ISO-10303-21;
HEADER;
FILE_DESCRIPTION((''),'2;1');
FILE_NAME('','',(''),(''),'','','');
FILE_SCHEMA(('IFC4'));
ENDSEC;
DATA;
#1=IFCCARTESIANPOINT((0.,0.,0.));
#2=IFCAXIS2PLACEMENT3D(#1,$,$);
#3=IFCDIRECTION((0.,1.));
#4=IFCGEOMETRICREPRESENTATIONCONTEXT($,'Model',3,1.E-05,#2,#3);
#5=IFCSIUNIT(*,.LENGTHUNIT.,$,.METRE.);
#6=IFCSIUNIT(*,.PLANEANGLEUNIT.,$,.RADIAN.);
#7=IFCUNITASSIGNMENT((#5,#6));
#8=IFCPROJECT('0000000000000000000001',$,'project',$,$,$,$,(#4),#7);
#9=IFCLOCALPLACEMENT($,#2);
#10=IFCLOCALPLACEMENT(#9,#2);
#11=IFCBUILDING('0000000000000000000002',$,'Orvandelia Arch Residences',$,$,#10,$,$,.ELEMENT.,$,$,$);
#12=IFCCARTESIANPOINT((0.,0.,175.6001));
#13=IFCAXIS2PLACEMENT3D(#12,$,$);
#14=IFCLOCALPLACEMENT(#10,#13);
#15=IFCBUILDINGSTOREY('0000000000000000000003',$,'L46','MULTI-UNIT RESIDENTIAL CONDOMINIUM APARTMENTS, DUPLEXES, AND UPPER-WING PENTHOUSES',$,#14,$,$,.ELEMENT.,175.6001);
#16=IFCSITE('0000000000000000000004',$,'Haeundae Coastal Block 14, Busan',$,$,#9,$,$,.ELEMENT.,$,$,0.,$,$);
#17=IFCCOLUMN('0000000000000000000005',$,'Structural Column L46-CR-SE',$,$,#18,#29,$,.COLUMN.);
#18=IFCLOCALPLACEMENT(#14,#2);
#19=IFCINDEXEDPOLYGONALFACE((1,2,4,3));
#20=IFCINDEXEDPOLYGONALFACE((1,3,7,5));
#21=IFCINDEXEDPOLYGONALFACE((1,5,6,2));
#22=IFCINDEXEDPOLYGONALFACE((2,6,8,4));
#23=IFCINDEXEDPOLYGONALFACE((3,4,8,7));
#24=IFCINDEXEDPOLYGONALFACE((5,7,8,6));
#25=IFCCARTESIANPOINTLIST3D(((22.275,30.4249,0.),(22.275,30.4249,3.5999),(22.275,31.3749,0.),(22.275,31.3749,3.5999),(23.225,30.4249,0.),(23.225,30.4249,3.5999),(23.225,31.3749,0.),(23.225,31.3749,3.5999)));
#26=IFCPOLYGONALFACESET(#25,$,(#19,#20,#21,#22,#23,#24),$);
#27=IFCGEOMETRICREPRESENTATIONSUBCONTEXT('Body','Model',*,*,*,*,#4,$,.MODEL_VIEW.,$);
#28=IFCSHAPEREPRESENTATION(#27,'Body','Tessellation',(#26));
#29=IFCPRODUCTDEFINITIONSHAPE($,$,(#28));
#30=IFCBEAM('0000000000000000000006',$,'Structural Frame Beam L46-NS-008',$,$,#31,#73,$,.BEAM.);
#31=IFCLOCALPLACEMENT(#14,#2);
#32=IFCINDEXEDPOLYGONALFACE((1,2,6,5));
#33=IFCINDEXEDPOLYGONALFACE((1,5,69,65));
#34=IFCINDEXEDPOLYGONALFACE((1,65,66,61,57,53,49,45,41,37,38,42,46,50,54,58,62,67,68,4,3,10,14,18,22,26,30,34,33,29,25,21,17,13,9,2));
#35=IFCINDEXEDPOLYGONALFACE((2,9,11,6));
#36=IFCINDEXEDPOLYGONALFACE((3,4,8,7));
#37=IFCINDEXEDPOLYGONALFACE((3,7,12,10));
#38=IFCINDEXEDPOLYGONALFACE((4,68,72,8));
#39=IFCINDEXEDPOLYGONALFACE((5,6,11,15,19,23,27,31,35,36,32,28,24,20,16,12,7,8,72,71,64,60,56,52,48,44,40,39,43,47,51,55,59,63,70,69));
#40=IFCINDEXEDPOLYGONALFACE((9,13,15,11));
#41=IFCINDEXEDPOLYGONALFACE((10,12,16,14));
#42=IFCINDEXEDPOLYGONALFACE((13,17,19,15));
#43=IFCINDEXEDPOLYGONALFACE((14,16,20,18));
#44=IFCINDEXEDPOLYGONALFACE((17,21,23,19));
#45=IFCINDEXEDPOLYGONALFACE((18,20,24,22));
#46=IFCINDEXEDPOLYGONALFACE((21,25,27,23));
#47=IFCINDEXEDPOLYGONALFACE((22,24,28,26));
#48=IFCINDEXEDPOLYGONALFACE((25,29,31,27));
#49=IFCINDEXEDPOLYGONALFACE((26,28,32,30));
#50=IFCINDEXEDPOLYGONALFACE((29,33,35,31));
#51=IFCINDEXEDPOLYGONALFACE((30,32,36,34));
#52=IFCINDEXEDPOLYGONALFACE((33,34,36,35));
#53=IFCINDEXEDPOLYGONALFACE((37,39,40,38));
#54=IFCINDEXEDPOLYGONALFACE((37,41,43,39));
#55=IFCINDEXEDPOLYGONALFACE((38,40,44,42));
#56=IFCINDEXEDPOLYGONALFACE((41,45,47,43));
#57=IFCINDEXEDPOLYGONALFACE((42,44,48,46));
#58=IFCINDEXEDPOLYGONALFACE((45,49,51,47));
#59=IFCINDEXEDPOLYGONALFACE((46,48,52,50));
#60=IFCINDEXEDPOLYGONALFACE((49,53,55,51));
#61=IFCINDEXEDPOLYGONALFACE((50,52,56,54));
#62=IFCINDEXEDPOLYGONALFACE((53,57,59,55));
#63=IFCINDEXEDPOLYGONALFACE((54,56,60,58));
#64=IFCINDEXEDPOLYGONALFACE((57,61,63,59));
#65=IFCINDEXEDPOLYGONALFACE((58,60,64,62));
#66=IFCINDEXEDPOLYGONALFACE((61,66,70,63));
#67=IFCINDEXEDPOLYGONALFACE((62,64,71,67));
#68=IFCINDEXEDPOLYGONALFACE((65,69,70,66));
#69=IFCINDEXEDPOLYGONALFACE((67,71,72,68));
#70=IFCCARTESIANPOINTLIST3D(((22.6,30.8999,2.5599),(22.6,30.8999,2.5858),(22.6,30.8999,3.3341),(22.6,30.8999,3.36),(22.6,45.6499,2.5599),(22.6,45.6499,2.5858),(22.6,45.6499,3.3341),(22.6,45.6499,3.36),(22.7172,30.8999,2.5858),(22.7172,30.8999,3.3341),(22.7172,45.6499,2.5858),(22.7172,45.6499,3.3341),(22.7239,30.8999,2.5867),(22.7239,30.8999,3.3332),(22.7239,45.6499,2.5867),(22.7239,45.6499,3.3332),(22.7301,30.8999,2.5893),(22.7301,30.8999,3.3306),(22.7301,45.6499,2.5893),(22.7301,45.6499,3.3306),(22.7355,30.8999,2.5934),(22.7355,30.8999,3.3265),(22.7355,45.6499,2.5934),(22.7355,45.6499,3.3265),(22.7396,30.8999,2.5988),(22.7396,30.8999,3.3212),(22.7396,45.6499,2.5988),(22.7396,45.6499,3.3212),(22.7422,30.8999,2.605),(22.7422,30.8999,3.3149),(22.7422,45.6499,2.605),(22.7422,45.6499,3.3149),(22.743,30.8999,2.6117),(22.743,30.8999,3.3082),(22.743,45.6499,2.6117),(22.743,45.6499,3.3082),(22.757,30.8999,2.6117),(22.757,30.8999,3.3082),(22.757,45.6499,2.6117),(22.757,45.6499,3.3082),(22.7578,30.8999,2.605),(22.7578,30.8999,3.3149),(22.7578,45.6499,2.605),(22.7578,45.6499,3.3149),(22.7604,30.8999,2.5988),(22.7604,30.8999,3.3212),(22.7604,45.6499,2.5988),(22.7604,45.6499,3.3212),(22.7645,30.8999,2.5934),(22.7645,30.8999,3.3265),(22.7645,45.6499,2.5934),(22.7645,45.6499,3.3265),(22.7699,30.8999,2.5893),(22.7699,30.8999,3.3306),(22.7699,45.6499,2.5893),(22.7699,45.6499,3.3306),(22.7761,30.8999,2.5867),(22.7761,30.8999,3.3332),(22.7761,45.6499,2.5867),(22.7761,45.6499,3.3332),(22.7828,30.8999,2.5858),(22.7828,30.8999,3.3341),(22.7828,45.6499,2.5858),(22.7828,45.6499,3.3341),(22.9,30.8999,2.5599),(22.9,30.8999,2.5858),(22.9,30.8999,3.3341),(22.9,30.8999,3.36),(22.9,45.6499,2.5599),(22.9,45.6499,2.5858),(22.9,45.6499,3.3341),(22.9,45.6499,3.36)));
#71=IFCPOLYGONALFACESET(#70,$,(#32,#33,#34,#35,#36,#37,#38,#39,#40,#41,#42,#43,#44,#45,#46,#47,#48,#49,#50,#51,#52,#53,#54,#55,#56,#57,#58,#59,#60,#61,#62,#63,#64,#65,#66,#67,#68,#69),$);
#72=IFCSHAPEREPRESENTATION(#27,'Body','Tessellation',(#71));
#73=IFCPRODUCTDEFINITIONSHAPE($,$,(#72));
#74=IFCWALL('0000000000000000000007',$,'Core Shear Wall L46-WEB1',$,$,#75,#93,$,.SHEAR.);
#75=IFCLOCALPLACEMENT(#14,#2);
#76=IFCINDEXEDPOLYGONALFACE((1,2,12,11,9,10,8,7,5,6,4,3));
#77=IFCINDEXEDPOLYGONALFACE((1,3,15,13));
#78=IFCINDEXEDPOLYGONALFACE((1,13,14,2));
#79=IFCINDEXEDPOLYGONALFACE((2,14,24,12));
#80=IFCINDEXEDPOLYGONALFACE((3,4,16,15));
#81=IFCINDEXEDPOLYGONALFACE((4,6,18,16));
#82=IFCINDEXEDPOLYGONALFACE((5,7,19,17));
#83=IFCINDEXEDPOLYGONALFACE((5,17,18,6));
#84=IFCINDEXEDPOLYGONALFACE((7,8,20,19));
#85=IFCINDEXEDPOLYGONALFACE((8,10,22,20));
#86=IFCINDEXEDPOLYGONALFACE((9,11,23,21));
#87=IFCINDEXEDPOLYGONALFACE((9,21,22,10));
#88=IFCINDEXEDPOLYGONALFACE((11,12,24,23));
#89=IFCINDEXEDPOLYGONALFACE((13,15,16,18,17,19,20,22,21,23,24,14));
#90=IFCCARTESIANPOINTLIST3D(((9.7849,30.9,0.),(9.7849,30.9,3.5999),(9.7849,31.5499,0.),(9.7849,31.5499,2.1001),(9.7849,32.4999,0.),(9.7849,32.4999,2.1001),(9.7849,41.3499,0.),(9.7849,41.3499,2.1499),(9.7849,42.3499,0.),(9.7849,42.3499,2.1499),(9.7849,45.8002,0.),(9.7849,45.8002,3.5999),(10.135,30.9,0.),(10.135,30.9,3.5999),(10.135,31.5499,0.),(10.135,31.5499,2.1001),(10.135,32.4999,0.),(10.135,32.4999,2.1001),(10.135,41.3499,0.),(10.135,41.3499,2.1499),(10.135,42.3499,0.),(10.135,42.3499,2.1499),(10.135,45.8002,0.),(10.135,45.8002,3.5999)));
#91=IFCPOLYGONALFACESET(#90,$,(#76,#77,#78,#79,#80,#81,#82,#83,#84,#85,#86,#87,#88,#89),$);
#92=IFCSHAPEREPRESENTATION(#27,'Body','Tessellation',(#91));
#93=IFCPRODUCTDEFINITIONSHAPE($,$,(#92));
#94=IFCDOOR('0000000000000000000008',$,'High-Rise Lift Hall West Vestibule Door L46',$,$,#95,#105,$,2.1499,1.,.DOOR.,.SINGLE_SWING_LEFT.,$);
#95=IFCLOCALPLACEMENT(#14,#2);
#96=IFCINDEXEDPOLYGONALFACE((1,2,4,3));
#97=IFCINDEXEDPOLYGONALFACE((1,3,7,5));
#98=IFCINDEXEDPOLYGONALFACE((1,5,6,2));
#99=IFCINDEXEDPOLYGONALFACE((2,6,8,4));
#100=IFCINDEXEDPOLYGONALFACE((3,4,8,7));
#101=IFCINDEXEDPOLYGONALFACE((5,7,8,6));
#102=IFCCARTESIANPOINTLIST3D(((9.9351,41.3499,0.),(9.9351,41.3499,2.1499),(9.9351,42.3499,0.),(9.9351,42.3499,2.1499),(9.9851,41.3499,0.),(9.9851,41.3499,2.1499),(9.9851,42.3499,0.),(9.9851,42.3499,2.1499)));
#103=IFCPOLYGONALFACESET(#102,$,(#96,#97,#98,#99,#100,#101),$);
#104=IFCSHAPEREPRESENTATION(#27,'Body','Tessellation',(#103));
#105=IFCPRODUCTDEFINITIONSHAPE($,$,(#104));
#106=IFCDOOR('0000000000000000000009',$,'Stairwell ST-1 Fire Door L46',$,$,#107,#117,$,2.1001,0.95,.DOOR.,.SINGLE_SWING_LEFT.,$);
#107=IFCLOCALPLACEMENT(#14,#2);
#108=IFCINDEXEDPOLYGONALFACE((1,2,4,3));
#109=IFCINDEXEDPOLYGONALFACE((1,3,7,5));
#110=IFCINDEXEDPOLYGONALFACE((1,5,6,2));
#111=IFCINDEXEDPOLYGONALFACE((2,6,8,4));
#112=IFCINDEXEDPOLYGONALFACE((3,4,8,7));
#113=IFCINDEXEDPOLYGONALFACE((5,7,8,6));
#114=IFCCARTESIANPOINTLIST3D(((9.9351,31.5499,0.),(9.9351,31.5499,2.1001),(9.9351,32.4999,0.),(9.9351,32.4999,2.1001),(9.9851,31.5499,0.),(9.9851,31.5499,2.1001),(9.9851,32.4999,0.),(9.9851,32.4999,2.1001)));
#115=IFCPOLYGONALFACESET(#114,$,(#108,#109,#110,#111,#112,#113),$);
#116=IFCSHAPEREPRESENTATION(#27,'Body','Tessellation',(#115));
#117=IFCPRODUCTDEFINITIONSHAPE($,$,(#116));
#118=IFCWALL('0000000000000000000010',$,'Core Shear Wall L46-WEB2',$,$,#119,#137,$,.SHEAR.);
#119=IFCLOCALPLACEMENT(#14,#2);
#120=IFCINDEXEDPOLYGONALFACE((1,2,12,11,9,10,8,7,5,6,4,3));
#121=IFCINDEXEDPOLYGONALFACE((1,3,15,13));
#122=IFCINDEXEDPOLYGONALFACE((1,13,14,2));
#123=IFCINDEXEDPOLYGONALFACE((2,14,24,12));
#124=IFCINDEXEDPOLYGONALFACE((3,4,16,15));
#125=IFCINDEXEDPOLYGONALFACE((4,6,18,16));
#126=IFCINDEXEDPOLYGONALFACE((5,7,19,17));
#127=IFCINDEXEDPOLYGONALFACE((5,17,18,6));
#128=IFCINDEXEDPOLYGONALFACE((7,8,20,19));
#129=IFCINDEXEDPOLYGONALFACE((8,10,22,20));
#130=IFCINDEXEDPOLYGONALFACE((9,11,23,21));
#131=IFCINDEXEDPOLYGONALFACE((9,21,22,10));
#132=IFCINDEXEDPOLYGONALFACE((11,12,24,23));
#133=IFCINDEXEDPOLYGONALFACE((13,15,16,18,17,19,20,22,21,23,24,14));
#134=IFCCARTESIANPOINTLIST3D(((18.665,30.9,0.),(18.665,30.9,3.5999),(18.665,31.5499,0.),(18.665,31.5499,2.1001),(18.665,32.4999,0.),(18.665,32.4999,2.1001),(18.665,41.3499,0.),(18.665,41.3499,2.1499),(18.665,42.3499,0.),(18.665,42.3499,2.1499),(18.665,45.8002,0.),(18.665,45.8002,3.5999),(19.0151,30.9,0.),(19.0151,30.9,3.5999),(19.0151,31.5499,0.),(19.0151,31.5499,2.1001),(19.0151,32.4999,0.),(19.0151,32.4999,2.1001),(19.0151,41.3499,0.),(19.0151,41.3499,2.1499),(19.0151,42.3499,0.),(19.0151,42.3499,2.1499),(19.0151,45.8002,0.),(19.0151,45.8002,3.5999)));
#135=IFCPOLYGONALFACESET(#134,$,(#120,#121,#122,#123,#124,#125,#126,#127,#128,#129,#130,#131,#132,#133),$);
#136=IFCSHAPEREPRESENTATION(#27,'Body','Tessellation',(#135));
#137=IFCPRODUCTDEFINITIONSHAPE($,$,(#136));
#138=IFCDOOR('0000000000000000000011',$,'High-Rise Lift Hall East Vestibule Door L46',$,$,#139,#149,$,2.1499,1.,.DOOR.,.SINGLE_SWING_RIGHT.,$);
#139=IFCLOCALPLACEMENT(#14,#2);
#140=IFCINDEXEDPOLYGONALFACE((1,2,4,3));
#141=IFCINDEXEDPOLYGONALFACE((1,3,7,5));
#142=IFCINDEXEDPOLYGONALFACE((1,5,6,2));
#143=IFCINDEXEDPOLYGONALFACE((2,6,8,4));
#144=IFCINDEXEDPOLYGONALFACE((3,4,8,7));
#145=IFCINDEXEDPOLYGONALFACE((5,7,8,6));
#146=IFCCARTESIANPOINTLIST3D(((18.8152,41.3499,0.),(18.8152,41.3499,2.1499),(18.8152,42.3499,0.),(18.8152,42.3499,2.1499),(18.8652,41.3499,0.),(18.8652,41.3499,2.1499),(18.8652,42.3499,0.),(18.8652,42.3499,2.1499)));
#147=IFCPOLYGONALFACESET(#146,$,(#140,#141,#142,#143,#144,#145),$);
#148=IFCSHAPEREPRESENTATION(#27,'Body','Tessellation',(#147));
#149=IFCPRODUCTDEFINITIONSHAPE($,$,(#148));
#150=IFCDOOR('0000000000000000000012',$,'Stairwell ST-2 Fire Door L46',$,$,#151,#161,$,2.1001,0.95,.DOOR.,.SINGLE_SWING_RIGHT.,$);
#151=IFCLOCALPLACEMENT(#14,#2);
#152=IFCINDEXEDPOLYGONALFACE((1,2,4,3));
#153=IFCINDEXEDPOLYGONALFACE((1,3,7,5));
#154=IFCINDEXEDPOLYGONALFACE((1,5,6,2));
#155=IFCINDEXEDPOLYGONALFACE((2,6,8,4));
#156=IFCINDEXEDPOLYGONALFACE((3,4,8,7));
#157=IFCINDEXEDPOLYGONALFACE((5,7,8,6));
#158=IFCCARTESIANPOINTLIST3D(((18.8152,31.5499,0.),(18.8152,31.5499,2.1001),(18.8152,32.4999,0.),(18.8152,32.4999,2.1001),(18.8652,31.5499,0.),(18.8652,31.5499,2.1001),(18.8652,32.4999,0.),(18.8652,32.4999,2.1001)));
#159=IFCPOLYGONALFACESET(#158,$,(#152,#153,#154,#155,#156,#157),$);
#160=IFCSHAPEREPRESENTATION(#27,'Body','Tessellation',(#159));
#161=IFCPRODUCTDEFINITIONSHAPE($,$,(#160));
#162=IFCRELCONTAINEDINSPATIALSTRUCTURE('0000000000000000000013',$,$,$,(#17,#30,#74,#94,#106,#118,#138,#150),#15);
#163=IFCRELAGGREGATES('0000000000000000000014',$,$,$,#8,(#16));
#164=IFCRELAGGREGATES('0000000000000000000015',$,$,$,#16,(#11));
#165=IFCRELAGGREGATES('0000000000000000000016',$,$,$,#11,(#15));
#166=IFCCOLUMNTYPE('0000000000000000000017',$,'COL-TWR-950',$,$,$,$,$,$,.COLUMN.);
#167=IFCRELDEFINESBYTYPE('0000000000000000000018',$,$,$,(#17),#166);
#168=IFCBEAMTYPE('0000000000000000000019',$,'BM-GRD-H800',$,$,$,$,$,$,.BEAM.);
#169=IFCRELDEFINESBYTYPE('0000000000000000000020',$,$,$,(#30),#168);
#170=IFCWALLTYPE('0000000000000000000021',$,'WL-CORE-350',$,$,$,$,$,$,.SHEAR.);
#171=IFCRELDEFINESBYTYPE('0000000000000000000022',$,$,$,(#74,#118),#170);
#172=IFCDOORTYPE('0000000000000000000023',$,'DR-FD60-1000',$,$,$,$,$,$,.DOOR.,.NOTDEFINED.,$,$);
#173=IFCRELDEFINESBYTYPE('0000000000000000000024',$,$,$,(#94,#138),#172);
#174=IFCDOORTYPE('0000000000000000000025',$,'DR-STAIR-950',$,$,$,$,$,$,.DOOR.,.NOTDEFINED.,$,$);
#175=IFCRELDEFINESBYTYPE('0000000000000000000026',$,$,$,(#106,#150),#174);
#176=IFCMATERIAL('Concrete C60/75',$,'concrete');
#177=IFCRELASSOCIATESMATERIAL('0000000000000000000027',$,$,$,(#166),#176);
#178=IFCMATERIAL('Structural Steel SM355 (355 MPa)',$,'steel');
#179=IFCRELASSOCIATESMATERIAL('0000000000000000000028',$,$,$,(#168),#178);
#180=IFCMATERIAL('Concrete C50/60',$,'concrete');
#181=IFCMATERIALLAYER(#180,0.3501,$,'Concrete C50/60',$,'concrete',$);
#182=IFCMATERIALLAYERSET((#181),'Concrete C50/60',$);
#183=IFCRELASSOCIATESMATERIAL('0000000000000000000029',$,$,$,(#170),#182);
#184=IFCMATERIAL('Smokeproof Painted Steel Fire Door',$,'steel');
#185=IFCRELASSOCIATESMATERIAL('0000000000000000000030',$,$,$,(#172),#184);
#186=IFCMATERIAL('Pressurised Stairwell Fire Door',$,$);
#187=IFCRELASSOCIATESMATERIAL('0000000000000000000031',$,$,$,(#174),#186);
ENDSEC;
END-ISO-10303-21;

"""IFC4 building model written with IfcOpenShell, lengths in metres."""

from ifc_helpers import new_model, si_unit, direction, frame, frame_2d, origin, origin_2d, place, context, subcontext, project, spatial, rectangle, i_section, extrude, material, layer, layer_set, material_profile, profile_set, type_object, element, fill, save


model = new_model("IFC4")

# Units and contexts
model_context = context("Model", 3, precision=1e-05, world=origin(), true_north=direction((0.0, 1.0)))
body_context = subcontext(model_context, "Body", "Model", "MODEL_VIEW")
ifc_project = project(units=[si_unit("LENGTHUNIT", "METRE"), si_unit("PLANEANGLEUNIT", "RADIAN")], contexts=[model_context])

# Site, building, storey
site_placement = place(None, origin())
site = spatial("IfcSite", under=ifc_project, at=site_placement, Name="Haeundae Coastal Block 14, Busan", CompositionType="ELEMENT", RefElevation=0.0)
building_placement = place(site_placement, origin())
building = spatial("IfcBuilding", under=site, at=building_placement, Name="Orvandelia Arch Residences", CompositionType="ELEMENT")
storey_placement = place(building_placement, frame((0.0, 0.0, 175.6001)))
storey = spatial("IfcBuildingStorey", under=building, at=storey_placement, Name="L46", Description="MULTI-UNIT RESIDENTIAL CONDOMINIUM APARTMENTS, DUPLEXES, AND UPPER-WING PENTHOUSES", CompositionType="ELEMENT", Elevation=175.6001)

# Column
ifc_material_1 = material(Name="Concrete C60/75", Category="concrete")
ifc_material_profile_1 = material_profile(ifc_material_1, rectangle(XDim=0.95, YDim=0.95, at=origin_2d()), Name="Concrete C60/75", Category="concrete")
ifc_profile_set_1 = profile_set([ifc_material_profile_1], Name="Concrete C60/75")
column_type = type_object("IfcColumnType", Name="COL-TWR-950", PredefinedType="COLUMN", material=ifc_profile_set_1)
column_placement = place(storey_placement, frame((22.75, 30.8999, 0.0), z_axis=(0.0, 0.0, 1.0), x_axis=(1.0, 0.0, 0.0)))
element("IfcColumn", 1, at=column_placement, inside=storey, type_object=column_type, Name="Structural Column L46-CR-SE", PredefinedType="COLUMN", context=body_context, shape_type="SweptSolid", body=[
    extrude(rectangle(XDim=0.95, YDim=0.95, at=origin_2d()), origin(), (0.0, 0.0, 1.0), 3.5999),
])

# Beam
ifc_material_2 = material(Name="Structural Steel SM355 (355 MPa)", Category="steel")
ifc_material_profile_2 = material_profile(ifc_material_2, i_section(OverallWidth=0.3, OverallDepth=0.8, WebThickness=0.0139, FlangeThickness=0.0259, FilletRadius=0.0259, at=origin_2d()), Name="Structural Steel SM355 (355 MPa)", Category="steel")
ifc_profile_set_2 = profile_set([ifc_material_profile_2], Name="Structural Steel SM355 (355 MPa)")
beam_type = type_object("IfcBeamType", Name="BM-GRD-H800", PredefinedType="BEAM", material=ifc_profile_set_2)
beam_placement = place(storey_placement, frame((22.75, 30.8999, 2.96), z_axis=(0.0, 1.0, 0.0), x_axis=(-1.0, 0.0, 0.0)))
element("IfcBeam", 2, at=beam_placement, inside=storey, type_object=beam_type, Name="Structural Frame Beam L46-NS-008", PredefinedType="BEAM", context=body_context, shape_type="SweptSolid", body=[
    extrude(i_section(OverallWidth=0.3, OverallDepth=0.8, WebThickness=0.0139, FlangeThickness=0.0259, FilletRadius=0.0259, at=origin_2d()), origin(), (0.0, 0.0, 1.0), 14.75),
])

# Walls, openings, doors
ifc_material_3 = material(Name="Concrete C50/60", Category="concrete")
ifc_layer_1 = layer(ifc_material_3, 0.3501, Name="Concrete C50/60", Category="concrete")
ifc_layer_set_1 = layer_set([ifc_layer_1], Name="Concrete C50/60")
wall_type_1 = type_object("IfcWallType", Name="WL-CORE-350", PredefinedType="SHEAR", material=ifc_layer_set_1)
wall_1_placement = place(storey_placement, frame((9.96, 30.8999, 0.0), z_axis=(0.0, 0.0, 1.0), x_axis=(0.0, 1.0, 0.0)))
wall_1 = element("IfcWall", 3, at=wall_1_placement, inside=storey, type_object=wall_type_1, Name="Core Shear Wall L46-WEB1", PredefinedType="SHEAR", context=body_context, shape_type="SweptSolid", body=[
    extrude(rectangle(XDim=14.9001, YDim=0.3501, at=frame_2d((7.4502, 0.0))), origin(), (0.0, 0.0, 1.0), 3.5999),
])
opening_1_placement = place(wall_1_placement, frame((0.6499, 0.0, 0.0)))
opening_1 = element("IfcOpeningElement", 4, at=opening_1_placement, cuts=wall_1, PredefinedType="OPENING", context=body_context, shape_type="SweptSolid", body=[
    extrude(rectangle(XDim=0.95, YDim=2.1001, at=frame_2d((0.4751, 1.05))), frame((0.0, 0.1851, 0.0), z_axis=(0.0, -1.0, 0.0), x_axis=(1.0, 0.0, 0.0)), (0.0, 0.0, 1.0), 0.3701),
])
opening_2_placement = place(wall_1_placement, frame((10.45, 0.0, 0.0)))
opening_2 = element("IfcOpeningElement", 5, at=opening_2_placement, cuts=wall_1, PredefinedType="OPENING", context=body_context, shape_type="SweptSolid", body=[
    extrude(rectangle(XDim=1.0, YDim=2.1499, at=frame_2d((0.5, 1.075))), frame((0.0, 0.1851, 0.0), z_axis=(0.0, -1.0, 0.0), x_axis=(1.0, 0.0, 0.0)), (0.0, 0.0, 1.0), 0.3701),
])
ifc_material_4 = material(Name="Smokeproof Painted Steel Fire Door", Category="steel")
door_type_1 = type_object("IfcDoorType", Name="DR-FD60-1000", OperationType="NOTDEFINED", PredefinedType="DOOR", material=ifc_material_4)
door_1_placement = place(opening_2_placement, origin())
door_1 = element("IfcDoor", 6, at=door_1_placement, inside=storey, type_object=door_type_1, Name="High-Rise Lift Hall West Vestibule Door L46", OperationType="SINGLE_SWING_LEFT", OverallHeight=2.1499, OverallWidth=1.0, PredefinedType="DOOR", context=body_context, shape_type="SweptSolid", body=[
    extrude(rectangle(XDim=1.0, YDim=2.1499, at=frame_2d((0.5, 1.075))), frame((0.0, 0.0249, 0.0), z_axis=(0.0, -1.0, 0.0), x_axis=(1.0, 0.0, 0.0)), (0.0, 0.0, 1.0), 0.05),
])
fill(opening_2, door_1)
ifc_material_5 = material(Name="Pressurised Stairwell Fire Door")
door_type_2 = type_object("IfcDoorType", Name="DR-STAIR-950", OperationType="NOTDEFINED", PredefinedType="DOOR", material=ifc_material_5)
door_2_placement = place(opening_1_placement, origin())
door_2 = element("IfcDoor", 7, at=door_2_placement, inside=storey, type_object=door_type_2, Name="Stairwell ST-1 Fire Door L46", OperationType="SINGLE_SWING_LEFT", OverallHeight=2.1001, OverallWidth=0.95, PredefinedType="DOOR", context=body_context, shape_type="SweptSolid", body=[
    extrude(rectangle(XDim=0.95, YDim=2.1001, at=frame_2d((0.4751, 1.05))), frame((0.0, 0.0249, 0.0), z_axis=(0.0, -1.0, 0.0), x_axis=(1.0, 0.0, 0.0)), (0.0, 0.0, 1.0), 0.05),
])
fill(opening_1, door_2)
wall_2_placement = place(storey_placement, frame((18.8401, 30.8999, 0.0), z_axis=(0.0, 0.0, 1.0), x_axis=(0.0, 1.0, 0.0)))
wall_2 = element("IfcWall", 8, at=wall_2_placement, inside=storey, type_object=wall_type_1, Name="Core Shear Wall L46-WEB2", PredefinedType="SHEAR", context=body_context, shape_type="SweptSolid", body=[
    extrude(rectangle(XDim=14.9001, YDim=0.3501, at=frame_2d((7.4502, 0.0))), origin(), (0.0, 0.0, 1.0), 3.5999),
])
opening_3_placement = place(wall_2_placement, frame((0.6499, 0.0, 0.0)))
opening_3 = element("IfcOpeningElement", 9, at=opening_3_placement, cuts=wall_2, PredefinedType="OPENING", context=body_context, shape_type="SweptSolid", body=[
    extrude(rectangle(XDim=0.95, YDim=2.1001, at=frame_2d((0.4751, 1.05))), frame((0.0, 0.1851, 0.0), z_axis=(0.0, -1.0, 0.0), x_axis=(1.0, 0.0, 0.0)), (0.0, 0.0, 1.0), 0.3701),
])
opening_4_placement = place(wall_2_placement, frame((10.45, 0.0, 0.0)))
opening_4 = element("IfcOpeningElement", 10, at=opening_4_placement, cuts=wall_2, PredefinedType="OPENING", context=body_context, shape_type="SweptSolid", body=[
    extrude(rectangle(XDim=1.0, YDim=2.1499, at=frame_2d((0.5, 1.075))), frame((0.0, 0.1851, 0.0), z_axis=(0.0, -1.0, 0.0), x_axis=(1.0, 0.0, 0.0)), (0.0, 0.0, 1.0), 0.3701),
])
door_3_placement = place(opening_4_placement, origin())
door_3 = element("IfcDoor", 11, at=door_3_placement, inside=storey, type_object=door_type_1, Name="High-Rise Lift Hall East Vestibule Door L46", OperationType="SINGLE_SWING_RIGHT", OverallHeight=2.1499, OverallWidth=1.0, PredefinedType="DOOR", context=body_context, shape_type="SweptSolid", body=[
    extrude(rectangle(XDim=1.0, YDim=2.1499, at=frame_2d((0.5, 1.075))), frame((0.0, 0.0249, 0.0), z_axis=(0.0, -1.0, 0.0), x_axis=(1.0, 0.0, 0.0)), (0.0, 0.0, 1.0), 0.05),
])
fill(opening_4, door_3)
door_4_placement = place(opening_3_placement, origin())
door_4 = element("IfcDoor", 12, at=door_4_placement, inside=storey, type_object=door_type_2, Name="Stairwell ST-2 Fire Door L46", OperationType="SINGLE_SWING_RIGHT", OverallHeight=2.1001, OverallWidth=0.95, PredefinedType="DOOR", context=body_context, shape_type="SweptSolid", body=[
    extrude(rectangle(XDim=0.95, YDim=2.1001, at=frame_2d((0.4751, 1.05))), frame((0.0, 0.0249, 0.0), z_axis=(0.0, -1.0, 0.0), x_axis=(1.0, 0.0, 0.0)), (0.0, 0.0, 1.0), 0.05),
])
fill(opening_3, door_4)

save(model, "model.ifc")
